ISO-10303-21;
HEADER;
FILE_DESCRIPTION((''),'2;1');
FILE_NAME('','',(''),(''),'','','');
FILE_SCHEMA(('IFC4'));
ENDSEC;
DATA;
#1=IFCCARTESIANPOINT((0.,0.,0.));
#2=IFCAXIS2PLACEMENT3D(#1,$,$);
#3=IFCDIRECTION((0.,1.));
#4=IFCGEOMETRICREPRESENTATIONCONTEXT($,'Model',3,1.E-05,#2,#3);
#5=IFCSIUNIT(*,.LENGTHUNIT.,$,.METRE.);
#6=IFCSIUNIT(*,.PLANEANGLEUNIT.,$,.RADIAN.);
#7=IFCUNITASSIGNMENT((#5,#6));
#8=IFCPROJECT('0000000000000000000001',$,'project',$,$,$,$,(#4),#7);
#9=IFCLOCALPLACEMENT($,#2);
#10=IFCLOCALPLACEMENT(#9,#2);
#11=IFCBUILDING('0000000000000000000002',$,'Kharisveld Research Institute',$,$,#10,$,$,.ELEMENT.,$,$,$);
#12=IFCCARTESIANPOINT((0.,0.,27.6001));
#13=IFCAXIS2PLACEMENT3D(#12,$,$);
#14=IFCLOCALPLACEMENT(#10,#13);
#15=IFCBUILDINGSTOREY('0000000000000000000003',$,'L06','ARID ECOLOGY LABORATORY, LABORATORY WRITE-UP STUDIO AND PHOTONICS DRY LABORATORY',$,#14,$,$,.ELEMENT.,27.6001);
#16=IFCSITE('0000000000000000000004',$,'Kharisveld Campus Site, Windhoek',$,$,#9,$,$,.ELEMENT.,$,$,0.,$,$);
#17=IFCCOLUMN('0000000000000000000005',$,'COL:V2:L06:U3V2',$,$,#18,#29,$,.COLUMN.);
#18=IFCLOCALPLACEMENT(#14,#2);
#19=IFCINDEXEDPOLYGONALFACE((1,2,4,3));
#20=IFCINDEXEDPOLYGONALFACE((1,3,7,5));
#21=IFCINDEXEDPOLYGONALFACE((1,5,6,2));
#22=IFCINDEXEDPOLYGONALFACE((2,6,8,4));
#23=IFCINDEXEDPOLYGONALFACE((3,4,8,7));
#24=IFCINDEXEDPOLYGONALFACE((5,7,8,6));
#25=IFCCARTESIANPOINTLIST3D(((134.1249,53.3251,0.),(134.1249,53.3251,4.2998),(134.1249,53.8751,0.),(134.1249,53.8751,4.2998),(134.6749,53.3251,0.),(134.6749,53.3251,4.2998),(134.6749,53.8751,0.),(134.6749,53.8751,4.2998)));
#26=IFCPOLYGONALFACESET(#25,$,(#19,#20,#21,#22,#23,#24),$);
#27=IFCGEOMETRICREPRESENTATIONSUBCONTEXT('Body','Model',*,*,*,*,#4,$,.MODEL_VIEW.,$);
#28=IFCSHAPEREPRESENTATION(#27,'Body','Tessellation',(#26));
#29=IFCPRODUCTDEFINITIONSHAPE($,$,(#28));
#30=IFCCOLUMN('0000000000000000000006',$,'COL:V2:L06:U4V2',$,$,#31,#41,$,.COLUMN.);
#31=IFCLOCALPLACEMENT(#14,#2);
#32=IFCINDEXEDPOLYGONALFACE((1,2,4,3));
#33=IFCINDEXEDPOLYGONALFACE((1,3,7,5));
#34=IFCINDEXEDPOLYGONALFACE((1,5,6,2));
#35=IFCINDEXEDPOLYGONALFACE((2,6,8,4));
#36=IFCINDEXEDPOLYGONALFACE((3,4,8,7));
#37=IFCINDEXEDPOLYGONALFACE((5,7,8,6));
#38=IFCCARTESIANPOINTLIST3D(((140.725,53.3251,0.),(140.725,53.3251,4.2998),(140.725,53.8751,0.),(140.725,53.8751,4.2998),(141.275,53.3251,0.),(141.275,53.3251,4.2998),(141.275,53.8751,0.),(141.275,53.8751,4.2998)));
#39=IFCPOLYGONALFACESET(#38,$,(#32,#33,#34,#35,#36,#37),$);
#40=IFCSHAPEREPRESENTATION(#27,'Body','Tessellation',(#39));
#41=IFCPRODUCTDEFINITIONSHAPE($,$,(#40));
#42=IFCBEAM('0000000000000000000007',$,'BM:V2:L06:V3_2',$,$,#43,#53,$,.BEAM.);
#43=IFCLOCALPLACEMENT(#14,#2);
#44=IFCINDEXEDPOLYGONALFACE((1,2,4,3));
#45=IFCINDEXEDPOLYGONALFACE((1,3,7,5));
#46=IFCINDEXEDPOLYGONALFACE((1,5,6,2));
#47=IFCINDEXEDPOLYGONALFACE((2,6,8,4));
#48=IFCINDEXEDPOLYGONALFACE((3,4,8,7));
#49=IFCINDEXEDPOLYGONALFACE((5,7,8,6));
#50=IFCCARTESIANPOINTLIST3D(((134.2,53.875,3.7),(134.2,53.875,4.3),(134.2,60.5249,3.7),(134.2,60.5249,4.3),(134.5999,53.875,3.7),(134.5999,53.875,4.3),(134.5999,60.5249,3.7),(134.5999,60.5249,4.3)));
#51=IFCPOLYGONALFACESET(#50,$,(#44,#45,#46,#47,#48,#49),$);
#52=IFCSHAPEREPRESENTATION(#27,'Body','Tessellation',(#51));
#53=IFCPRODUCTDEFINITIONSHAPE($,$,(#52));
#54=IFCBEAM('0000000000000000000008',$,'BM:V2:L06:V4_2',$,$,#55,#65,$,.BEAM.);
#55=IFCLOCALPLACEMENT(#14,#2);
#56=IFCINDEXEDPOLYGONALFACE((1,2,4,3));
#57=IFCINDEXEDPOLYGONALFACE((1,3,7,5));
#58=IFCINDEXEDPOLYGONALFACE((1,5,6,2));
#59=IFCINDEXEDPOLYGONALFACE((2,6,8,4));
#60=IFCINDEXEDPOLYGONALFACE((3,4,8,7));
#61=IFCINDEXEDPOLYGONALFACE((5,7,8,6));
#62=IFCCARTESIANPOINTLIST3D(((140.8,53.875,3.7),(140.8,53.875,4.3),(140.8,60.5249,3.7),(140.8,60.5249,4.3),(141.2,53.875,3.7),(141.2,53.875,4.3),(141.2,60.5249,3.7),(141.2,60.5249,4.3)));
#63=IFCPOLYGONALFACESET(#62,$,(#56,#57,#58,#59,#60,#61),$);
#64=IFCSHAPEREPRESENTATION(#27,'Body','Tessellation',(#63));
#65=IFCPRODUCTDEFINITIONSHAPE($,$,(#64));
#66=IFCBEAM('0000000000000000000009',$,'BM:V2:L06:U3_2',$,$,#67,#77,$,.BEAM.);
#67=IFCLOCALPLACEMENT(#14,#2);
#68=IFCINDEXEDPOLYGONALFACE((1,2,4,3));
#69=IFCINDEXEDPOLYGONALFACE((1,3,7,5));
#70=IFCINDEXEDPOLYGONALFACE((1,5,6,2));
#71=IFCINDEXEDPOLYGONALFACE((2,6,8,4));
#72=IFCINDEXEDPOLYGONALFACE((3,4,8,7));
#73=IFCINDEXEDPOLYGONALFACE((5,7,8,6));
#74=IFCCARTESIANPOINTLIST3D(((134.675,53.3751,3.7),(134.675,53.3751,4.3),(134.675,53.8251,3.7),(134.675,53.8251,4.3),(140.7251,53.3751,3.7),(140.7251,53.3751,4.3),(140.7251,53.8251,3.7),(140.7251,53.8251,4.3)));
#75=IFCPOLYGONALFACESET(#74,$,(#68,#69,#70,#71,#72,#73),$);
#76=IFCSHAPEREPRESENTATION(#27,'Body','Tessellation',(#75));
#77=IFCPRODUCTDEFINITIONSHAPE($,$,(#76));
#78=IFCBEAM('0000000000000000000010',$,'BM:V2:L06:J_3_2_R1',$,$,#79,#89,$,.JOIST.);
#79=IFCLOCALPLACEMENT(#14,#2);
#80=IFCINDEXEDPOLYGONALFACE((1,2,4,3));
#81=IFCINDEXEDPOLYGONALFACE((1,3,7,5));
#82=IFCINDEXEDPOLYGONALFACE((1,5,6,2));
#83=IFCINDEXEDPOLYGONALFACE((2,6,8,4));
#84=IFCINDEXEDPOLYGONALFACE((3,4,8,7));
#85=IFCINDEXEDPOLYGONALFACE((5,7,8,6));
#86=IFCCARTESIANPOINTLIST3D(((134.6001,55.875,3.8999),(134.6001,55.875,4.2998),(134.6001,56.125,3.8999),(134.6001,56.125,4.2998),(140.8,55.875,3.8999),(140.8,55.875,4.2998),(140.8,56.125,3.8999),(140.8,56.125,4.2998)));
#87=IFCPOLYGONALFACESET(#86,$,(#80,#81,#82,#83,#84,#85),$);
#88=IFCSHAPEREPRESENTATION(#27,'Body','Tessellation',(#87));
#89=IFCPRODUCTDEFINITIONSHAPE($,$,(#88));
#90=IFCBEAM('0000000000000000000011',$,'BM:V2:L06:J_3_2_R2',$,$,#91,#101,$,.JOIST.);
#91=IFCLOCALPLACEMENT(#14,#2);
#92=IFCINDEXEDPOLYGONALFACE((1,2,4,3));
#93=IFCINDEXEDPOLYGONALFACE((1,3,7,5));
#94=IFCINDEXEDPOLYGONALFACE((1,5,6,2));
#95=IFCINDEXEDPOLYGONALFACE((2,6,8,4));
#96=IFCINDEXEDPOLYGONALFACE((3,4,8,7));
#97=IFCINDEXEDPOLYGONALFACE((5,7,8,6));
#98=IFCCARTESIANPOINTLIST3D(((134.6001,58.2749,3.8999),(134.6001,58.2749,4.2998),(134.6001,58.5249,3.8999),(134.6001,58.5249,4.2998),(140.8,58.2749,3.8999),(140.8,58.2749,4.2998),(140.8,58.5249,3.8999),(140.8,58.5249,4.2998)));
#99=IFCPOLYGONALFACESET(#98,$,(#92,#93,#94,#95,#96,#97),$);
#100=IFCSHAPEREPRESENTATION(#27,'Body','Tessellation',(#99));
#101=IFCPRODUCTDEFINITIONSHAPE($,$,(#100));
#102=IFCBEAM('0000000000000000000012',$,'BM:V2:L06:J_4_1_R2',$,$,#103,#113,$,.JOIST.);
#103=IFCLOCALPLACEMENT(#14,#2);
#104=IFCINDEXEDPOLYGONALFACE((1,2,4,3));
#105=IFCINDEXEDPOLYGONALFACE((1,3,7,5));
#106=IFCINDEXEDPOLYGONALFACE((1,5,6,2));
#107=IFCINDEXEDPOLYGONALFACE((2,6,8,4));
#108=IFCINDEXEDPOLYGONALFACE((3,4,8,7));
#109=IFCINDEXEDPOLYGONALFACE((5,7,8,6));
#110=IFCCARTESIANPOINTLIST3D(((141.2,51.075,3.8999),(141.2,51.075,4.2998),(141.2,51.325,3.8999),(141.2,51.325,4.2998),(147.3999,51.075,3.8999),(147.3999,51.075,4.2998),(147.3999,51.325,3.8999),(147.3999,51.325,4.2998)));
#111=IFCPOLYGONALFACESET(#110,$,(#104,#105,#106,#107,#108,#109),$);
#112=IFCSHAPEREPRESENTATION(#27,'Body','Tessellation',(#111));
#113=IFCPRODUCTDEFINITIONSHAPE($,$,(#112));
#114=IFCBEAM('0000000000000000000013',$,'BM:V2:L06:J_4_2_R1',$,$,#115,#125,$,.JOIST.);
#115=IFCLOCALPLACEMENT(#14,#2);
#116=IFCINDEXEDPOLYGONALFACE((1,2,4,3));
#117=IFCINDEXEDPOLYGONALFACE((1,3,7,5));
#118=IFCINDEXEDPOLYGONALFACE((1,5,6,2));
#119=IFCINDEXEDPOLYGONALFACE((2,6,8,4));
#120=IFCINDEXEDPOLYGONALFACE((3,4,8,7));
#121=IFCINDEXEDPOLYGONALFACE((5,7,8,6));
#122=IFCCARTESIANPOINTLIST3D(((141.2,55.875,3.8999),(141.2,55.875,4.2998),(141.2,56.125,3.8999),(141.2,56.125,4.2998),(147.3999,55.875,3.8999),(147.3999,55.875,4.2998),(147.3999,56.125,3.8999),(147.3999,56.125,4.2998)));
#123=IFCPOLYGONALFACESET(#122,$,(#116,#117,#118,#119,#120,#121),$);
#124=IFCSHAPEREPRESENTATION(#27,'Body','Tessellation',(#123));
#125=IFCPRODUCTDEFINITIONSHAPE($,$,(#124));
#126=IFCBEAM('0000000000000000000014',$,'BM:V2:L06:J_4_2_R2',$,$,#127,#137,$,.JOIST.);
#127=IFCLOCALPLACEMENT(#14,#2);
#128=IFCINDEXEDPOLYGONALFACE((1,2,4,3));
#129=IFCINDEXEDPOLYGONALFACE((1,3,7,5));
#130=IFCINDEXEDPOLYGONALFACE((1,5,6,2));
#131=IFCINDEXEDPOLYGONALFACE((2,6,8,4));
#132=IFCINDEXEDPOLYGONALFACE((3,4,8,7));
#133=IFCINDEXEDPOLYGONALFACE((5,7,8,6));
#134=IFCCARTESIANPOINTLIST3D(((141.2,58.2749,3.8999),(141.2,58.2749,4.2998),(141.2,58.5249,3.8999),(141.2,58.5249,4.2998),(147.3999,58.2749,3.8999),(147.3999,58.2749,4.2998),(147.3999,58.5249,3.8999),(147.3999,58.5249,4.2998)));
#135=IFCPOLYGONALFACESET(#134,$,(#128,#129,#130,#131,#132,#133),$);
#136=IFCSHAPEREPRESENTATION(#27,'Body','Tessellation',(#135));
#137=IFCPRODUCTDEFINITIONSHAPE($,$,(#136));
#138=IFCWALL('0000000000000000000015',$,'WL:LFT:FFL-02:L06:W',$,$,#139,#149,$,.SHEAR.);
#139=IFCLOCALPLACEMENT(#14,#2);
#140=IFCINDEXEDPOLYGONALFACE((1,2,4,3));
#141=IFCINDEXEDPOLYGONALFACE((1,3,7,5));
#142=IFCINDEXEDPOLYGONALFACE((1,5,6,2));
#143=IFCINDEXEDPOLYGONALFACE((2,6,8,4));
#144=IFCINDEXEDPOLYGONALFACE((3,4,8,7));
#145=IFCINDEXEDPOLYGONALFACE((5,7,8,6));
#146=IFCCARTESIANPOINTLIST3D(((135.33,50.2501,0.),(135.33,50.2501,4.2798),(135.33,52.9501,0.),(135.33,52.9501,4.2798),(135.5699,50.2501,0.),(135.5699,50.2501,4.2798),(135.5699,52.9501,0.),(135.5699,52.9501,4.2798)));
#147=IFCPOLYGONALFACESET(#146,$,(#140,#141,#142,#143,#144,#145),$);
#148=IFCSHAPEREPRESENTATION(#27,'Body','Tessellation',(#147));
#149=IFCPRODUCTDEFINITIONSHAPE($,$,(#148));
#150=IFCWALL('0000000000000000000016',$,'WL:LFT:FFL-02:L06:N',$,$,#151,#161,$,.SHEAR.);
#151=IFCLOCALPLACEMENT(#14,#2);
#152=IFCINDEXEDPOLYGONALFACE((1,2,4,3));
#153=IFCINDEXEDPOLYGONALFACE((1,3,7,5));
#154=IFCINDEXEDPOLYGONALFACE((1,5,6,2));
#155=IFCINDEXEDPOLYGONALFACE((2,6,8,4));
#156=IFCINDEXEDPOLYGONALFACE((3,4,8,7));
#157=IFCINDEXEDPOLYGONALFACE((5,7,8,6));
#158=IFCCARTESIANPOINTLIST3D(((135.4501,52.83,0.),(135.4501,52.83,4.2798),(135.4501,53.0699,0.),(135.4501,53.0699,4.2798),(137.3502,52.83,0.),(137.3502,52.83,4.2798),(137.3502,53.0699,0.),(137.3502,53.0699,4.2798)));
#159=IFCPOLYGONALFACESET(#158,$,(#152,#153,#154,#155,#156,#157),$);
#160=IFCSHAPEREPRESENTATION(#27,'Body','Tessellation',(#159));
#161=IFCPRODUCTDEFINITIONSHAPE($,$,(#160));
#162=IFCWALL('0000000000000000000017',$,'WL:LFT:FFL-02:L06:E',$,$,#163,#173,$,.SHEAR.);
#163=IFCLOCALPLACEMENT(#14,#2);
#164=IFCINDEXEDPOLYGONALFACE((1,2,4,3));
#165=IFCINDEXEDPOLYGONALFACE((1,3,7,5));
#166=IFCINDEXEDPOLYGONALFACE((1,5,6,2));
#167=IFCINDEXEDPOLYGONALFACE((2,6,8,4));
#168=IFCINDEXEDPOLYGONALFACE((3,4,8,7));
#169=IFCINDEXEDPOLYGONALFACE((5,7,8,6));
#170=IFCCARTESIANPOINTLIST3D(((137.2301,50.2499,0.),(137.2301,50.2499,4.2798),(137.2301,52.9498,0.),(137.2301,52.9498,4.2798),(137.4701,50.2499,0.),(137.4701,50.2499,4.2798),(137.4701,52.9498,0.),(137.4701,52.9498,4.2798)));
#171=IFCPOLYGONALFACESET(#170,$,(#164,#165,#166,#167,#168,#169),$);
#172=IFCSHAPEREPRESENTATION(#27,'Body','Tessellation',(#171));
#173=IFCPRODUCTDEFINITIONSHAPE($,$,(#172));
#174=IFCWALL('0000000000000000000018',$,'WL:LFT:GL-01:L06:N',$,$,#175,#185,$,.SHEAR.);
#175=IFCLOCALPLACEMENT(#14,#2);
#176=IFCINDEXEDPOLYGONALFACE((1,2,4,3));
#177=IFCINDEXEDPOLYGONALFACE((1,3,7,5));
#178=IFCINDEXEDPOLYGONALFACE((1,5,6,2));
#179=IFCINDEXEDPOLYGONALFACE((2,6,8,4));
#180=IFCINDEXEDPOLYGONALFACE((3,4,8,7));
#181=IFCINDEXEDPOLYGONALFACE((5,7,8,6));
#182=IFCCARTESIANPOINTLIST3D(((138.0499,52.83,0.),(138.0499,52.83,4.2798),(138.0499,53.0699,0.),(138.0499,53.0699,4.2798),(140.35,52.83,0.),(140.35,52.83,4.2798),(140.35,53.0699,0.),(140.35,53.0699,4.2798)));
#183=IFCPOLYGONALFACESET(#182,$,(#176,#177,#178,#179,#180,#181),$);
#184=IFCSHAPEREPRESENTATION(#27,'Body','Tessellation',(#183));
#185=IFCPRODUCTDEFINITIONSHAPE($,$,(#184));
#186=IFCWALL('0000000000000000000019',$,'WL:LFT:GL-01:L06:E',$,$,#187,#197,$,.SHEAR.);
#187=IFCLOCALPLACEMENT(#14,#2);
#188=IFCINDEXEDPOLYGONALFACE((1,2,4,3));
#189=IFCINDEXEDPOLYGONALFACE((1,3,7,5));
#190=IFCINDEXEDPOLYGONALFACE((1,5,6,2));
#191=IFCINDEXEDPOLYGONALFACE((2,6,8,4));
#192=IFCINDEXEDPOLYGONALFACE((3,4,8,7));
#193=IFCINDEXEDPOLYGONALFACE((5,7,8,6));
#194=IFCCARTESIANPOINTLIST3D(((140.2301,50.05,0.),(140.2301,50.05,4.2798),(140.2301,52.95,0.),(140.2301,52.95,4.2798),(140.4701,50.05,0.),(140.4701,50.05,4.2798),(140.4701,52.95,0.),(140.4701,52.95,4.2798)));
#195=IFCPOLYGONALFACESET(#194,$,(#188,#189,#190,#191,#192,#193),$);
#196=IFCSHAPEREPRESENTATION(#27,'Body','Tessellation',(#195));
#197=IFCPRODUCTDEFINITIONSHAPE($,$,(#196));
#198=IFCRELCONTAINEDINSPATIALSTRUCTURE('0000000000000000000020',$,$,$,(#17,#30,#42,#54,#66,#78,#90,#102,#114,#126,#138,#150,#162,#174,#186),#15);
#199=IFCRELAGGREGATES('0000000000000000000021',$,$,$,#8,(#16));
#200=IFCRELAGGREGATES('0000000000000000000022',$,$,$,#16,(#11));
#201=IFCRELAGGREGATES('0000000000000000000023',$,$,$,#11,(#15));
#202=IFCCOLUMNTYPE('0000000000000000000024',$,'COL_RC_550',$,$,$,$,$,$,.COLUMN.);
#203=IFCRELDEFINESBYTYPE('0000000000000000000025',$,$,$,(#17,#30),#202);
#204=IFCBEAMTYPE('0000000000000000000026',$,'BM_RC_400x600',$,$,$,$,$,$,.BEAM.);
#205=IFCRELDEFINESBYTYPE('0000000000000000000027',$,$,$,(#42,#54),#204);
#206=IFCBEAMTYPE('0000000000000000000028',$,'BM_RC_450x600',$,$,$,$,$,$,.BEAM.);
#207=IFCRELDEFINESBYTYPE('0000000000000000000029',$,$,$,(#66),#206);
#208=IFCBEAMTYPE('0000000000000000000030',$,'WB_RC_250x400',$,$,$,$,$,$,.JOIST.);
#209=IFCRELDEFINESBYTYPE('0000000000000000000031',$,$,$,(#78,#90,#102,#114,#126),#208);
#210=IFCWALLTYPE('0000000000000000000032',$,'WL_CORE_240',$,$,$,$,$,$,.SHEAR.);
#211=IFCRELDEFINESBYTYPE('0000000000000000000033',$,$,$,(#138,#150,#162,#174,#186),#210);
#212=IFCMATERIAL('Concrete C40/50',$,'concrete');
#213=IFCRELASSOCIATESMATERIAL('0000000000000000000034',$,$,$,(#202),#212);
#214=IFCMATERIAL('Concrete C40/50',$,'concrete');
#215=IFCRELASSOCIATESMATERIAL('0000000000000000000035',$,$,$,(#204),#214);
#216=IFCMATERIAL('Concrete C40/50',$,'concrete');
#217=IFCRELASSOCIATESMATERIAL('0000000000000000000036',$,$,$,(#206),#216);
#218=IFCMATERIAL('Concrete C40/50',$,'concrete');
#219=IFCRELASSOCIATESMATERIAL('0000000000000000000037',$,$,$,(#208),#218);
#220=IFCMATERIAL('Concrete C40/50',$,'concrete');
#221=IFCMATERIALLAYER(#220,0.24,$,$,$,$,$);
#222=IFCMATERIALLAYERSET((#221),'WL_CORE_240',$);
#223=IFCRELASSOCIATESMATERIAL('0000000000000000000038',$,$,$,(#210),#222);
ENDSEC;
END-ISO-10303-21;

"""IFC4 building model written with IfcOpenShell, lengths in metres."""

from ifc_helpers import new_model, si_unit, direction, frame, frame_2d, origin, origin_2d, place, context, subcontext, project, spatial, rectangle, extrude, material, layer, layer_set, material_profile, profile_set, type_object, element, save


model = new_model("IFC4")

# Units and contexts
model_context = context("Model", 3, precision=1e-05, world=origin(), true_north=direction((0.0, 1.0)))
body_context = subcontext(model_context, "Body", "Model", "MODEL_VIEW")
ifc_project = project(units=[si_unit("LENGTHUNIT", "METRE"), si_unit("PLANEANGLEUNIT", "RADIAN")], contexts=[model_context])

# Site, building, storey
site_placement = place(None, origin())
site = spatial("IfcSite", under=ifc_project, at=site_placement, Name="Kharisveld Campus Site, Windhoek", CompositionType="ELEMENT", RefElevation=0.0)
building_placement = place(site_placement, origin())
building = spatial("IfcBuilding", under=site, at=building_placement, Name="Kharisveld Research Institute", CompositionType="ELEMENT")
storey_placement = place(building_placement, frame((0.0, 0.0, 27.6001)))
storey = spatial("IfcBuildingStorey", under=building, at=storey_placement, Name="L06", Description="ARID ECOLOGY LABORATORY, LABORATORY WRITE-UP STUDIO AND PHOTONICS DRY LABORATORY", CompositionType="ELEMENT", Elevation=27.6001)

# Columns
ifc_material_1 = material(Name="Concrete C40/50", Category="concrete")
ifc_material_profile_1 = material_profile(ifc_material_1, rectangle(XDim=0.55, YDim=0.55, at=origin_2d()))
ifc_profile_set_1 = profile_set([ifc_material_profile_1], Name="Concrete C40/50")
column_type = type_object("IfcColumnType", Name="COL_RC_550", PredefinedType="COLUMN", material=ifc_profile_set_1)
for number, where, z_axis, x_axis, name in (
    (1, (134.3999, 53.6001, 0.0), (0.0, 0.0, 1.0), (1.0, 0.0, 0.0), "COL:V2:L06:U3V2"),
    (2, (141.0, 53.6001, 0.0), (0.0, 0.0, 1.0), (1.0, 0.0, 0.0), "COL:V2:L06:U4V2"),
):
    element("IfcColumn", number, at=place(storey_placement, frame(where, z_axis=z_axis, x_axis=x_axis)), inside=storey, type_object=column_type, Name=name, PredefinedType="COLUMN", context=body_context, shape_type="SweptSolid", body=[
        extrude(rectangle(XDim=0.55, YDim=0.55, at=origin_2d()), origin(), (0.0, 0.0, 1.0), 4.2998),
    ])

# Beams
ifc_material_2 = material(Name="Concrete C40/50", Category="concrete")
ifc_material_profile_2 = material_profile(ifc_material_2, rectangle(XDim=0.3999, YDim=0.6001, at=origin_2d()))
ifc_profile_set_2 = profile_set([ifc_material_profile_2], Name="Concrete C40/50")
beam_type_1 = type_object("IfcBeamType", Name="BM_RC_400x600", PredefinedType="BEAM", material=ifc_profile_set_2)
for number, where, z_axis, x_axis, name in (
    (3, (134.3999, 53.875, 4.0), (0.0, 1.0, 0.0), (-1.0, 0.0, 0.0), "BM:V2:L06:V3_2"),
    (4, (141.0, 53.875, 4.0), (0.0, 1.0, 0.0), (-1.0, 0.0, 0.0), "BM:V2:L06:V4_2"),
):
    element("IfcBeam", number, at=place(storey_placement, frame(where, z_axis=z_axis, x_axis=x_axis)), inside=storey, type_object=beam_type_1, Name=name, PredefinedType="BEAM", context=body_context, shape_type="SweptSolid", body=[
        extrude(rectangle(XDim=0.3999, YDim=0.6001, at=origin_2d()), origin(), (0.0, 0.0, 1.0), 6.6499),
    ])
ifc_material_3 = material(Name="Concrete C40/50", Category="concrete")
ifc_material_profile_3 = material_profile(ifc_material_3, rectangle(XDim=0.45, YDim=0.6001, at=origin_2d()))
ifc_profile_set_3 = profile_set([ifc_material_profile_3], Name="Concrete C40/50")
beam_type_2 = type_object("IfcBeamType", Name="BM_RC_450x600", PredefinedType="BEAM", material=ifc_profile_set_3)
beam_placement = place(storey_placement, frame((134.675, 53.6001, 4.0), z_axis=(1.0, 0.0, 0.0), x_axis=(0.0, 1.0, 0.0)))
element("IfcBeam", 5, at=beam_placement, inside=storey, type_object=beam_type_2, Name="BM:V2:L06:U3_2", PredefinedType="BEAM", context=body_context, shape_type="SweptSolid", body=[
    extrude(rectangle(XDim=0.45, YDim=0.6001, at=origin_2d()), origin(), (0.0, 0.0, 1.0), 6.05),
])
ifc_material_4 = material(Name="Concrete C40/50", Category="concrete")
ifc_material_profile_4 = material_profile(ifc_material_4, rectangle(XDim=0.25, YDim=0.3999, at=origin_2d()))
ifc_profile_set_4 = profile_set([ifc_material_profile_4], Name="Concrete C40/50")
beam_type_3 = type_object("IfcBeamType", Name="WB_RC_250x400", PredefinedType="JOIST", material=ifc_profile_set_4)
for number, where, z_axis, x_axis, name in (
    (6, (134.6001, 56.0, 4.0999), (1.0, 0.0, 0.0), (0.0, 1.0, 0.0), "BM:V2:L06:J_3_2_R1"),
    (7, (134.6001, 58.3999, 4.0999), (1.0, 0.0, 0.0), (0.0, 1.0, 0.0), "BM:V2:L06:J_3_2_R2"),
    (8, (141.2, 51.2, 4.0999), (1.0, 0.0, 0.0), (0.0, 1.0, 0.0), "BM:V2:L06:J_4_1_R2"),
    (9, (141.2, 56.0, 4.0999), (1.0, 0.0, 0.0), (0.0, 1.0, 0.0), "BM:V2:L06:J_4_2_R1"),
    (10, (141.2, 58.3999, 4.0999), (1.0, 0.0, 0.0), (0.0, 1.0, 0.0), "BM:V2:L06:J_4_2_R2"),
):
    element("IfcBeam", number, at=place(storey_placement, frame(where, z_axis=z_axis, x_axis=x_axis)), inside=storey, type_object=beam_type_3, Name=name, PredefinedType="JOIST", context=body_context, shape_type="SweptSolid", body=[
        extrude(rectangle(XDim=0.25, YDim=0.3999, at=origin_2d()), origin(), (0.0, 0.0, 1.0), 6.2),
    ])

# Walls
ifc_material_5 = material(Name="Concrete C40/50", Category="concrete")
ifc_layer = layer(ifc_material_5, 0.24)
ifc_layer_set = layer_set([ifc_layer], Name="WL_CORE_240")
wall_type = type_object("IfcWallType", Name="WL_CORE_240", PredefinedType="SHEAR", material=ifc_layer_set)
wall_1_placement = place(storey_placement, frame((135.45, 50.25, 0.0), z_axis=(0.0, 0.0, 1.0), x_axis=(0.0, 1.0, 0.0)))
element("IfcWall", 11, at=wall_1_placement, inside=storey, type_object=wall_type, Name="WL:LFT:FFL-02:L06:W", PredefinedType="SHEAR", context=body_context, shape_type="SweptSolid", body=[
    extrude(rectangle(XDim=2.7, YDim=0.24, at=frame_2d((1.3501, 0.0))), origin(), (0.0, 0.0, 1.0), 4.2798),
])
wall_2_placement = place(storey_placement, frame((135.45, 52.95, 0.0), z_axis=(0.0, 0.0, 1.0), x_axis=(1.0, 0.0, 0.0)))
element("IfcWall", 12, at=wall_2_placement, inside=storey, type_object=wall_type, Name="WL:LFT:FFL-02:L06:N", PredefinedType="SHEAR", context=body_context, shape_type="SweptSolid", body=[
    extrude(rectangle(XDim=1.9001, YDim=0.24, at=frame_2d((0.9502, 0.0))), origin(), (0.0, 0.0, 1.0), 4.2798),
])
wall_3_placement = place(storey_placement, frame((137.3501, 52.95, 0.0), z_axis=(0.0, 0.0, 1.0), x_axis=(0.0, -1.0, 0.0)))
element("IfcWall", 13, at=wall_3_placement, inside=storey, type_object=wall_type, Name="WL:LFT:FFL-02:L06:E", PredefinedType="SHEAR", context=body_context, shape_type="SweptSolid", body=[
    extrude(rectangle(XDim=2.7, YDim=0.24, at=frame_2d((1.3501, 0.0))), origin(), (0.0, 0.0, 1.0), 4.2798),
])

# Walls
wall_4_placement = place(storey_placement, frame((138.05, 52.95, 0.0), z_axis=(0.0, 0.0, 1.0), x_axis=(1.0, 0.0, 0.0)))
element("IfcWall", 14, at=wall_4_placement, inside=storey, type_object=wall_type, Name="WL:LFT:GL-01:L06:N", PredefinedType="SHEAR", context=body_context, shape_type="SweptSolid", body=[
    extrude(rectangle(XDim=2.3, YDim=0.24, at=frame_2d((1.1499, 0.0))), origin(), (0.0, 0.0, 1.0), 4.2798),
])
wall_5_placement = place(storey_placement, frame((140.3501, 52.95, 0.0), z_axis=(0.0, 0.0, 1.0), x_axis=(0.0, -1.0, 0.0)))
element("IfcWall", 15, at=wall_5_placement, inside=storey, type_object=wall_type, Name="WL:LFT:GL-01:L06:E", PredefinedType="SHEAR", context=body_context, shape_type="SweptSolid", body=[
    extrude(rectangle(XDim=2.8999, YDim=0.24, at=frame_2d((1.45, 0.0))), origin(), (0.0, 0.0, 1.0), 4.2798),
])

save(model, "model.ifc")
